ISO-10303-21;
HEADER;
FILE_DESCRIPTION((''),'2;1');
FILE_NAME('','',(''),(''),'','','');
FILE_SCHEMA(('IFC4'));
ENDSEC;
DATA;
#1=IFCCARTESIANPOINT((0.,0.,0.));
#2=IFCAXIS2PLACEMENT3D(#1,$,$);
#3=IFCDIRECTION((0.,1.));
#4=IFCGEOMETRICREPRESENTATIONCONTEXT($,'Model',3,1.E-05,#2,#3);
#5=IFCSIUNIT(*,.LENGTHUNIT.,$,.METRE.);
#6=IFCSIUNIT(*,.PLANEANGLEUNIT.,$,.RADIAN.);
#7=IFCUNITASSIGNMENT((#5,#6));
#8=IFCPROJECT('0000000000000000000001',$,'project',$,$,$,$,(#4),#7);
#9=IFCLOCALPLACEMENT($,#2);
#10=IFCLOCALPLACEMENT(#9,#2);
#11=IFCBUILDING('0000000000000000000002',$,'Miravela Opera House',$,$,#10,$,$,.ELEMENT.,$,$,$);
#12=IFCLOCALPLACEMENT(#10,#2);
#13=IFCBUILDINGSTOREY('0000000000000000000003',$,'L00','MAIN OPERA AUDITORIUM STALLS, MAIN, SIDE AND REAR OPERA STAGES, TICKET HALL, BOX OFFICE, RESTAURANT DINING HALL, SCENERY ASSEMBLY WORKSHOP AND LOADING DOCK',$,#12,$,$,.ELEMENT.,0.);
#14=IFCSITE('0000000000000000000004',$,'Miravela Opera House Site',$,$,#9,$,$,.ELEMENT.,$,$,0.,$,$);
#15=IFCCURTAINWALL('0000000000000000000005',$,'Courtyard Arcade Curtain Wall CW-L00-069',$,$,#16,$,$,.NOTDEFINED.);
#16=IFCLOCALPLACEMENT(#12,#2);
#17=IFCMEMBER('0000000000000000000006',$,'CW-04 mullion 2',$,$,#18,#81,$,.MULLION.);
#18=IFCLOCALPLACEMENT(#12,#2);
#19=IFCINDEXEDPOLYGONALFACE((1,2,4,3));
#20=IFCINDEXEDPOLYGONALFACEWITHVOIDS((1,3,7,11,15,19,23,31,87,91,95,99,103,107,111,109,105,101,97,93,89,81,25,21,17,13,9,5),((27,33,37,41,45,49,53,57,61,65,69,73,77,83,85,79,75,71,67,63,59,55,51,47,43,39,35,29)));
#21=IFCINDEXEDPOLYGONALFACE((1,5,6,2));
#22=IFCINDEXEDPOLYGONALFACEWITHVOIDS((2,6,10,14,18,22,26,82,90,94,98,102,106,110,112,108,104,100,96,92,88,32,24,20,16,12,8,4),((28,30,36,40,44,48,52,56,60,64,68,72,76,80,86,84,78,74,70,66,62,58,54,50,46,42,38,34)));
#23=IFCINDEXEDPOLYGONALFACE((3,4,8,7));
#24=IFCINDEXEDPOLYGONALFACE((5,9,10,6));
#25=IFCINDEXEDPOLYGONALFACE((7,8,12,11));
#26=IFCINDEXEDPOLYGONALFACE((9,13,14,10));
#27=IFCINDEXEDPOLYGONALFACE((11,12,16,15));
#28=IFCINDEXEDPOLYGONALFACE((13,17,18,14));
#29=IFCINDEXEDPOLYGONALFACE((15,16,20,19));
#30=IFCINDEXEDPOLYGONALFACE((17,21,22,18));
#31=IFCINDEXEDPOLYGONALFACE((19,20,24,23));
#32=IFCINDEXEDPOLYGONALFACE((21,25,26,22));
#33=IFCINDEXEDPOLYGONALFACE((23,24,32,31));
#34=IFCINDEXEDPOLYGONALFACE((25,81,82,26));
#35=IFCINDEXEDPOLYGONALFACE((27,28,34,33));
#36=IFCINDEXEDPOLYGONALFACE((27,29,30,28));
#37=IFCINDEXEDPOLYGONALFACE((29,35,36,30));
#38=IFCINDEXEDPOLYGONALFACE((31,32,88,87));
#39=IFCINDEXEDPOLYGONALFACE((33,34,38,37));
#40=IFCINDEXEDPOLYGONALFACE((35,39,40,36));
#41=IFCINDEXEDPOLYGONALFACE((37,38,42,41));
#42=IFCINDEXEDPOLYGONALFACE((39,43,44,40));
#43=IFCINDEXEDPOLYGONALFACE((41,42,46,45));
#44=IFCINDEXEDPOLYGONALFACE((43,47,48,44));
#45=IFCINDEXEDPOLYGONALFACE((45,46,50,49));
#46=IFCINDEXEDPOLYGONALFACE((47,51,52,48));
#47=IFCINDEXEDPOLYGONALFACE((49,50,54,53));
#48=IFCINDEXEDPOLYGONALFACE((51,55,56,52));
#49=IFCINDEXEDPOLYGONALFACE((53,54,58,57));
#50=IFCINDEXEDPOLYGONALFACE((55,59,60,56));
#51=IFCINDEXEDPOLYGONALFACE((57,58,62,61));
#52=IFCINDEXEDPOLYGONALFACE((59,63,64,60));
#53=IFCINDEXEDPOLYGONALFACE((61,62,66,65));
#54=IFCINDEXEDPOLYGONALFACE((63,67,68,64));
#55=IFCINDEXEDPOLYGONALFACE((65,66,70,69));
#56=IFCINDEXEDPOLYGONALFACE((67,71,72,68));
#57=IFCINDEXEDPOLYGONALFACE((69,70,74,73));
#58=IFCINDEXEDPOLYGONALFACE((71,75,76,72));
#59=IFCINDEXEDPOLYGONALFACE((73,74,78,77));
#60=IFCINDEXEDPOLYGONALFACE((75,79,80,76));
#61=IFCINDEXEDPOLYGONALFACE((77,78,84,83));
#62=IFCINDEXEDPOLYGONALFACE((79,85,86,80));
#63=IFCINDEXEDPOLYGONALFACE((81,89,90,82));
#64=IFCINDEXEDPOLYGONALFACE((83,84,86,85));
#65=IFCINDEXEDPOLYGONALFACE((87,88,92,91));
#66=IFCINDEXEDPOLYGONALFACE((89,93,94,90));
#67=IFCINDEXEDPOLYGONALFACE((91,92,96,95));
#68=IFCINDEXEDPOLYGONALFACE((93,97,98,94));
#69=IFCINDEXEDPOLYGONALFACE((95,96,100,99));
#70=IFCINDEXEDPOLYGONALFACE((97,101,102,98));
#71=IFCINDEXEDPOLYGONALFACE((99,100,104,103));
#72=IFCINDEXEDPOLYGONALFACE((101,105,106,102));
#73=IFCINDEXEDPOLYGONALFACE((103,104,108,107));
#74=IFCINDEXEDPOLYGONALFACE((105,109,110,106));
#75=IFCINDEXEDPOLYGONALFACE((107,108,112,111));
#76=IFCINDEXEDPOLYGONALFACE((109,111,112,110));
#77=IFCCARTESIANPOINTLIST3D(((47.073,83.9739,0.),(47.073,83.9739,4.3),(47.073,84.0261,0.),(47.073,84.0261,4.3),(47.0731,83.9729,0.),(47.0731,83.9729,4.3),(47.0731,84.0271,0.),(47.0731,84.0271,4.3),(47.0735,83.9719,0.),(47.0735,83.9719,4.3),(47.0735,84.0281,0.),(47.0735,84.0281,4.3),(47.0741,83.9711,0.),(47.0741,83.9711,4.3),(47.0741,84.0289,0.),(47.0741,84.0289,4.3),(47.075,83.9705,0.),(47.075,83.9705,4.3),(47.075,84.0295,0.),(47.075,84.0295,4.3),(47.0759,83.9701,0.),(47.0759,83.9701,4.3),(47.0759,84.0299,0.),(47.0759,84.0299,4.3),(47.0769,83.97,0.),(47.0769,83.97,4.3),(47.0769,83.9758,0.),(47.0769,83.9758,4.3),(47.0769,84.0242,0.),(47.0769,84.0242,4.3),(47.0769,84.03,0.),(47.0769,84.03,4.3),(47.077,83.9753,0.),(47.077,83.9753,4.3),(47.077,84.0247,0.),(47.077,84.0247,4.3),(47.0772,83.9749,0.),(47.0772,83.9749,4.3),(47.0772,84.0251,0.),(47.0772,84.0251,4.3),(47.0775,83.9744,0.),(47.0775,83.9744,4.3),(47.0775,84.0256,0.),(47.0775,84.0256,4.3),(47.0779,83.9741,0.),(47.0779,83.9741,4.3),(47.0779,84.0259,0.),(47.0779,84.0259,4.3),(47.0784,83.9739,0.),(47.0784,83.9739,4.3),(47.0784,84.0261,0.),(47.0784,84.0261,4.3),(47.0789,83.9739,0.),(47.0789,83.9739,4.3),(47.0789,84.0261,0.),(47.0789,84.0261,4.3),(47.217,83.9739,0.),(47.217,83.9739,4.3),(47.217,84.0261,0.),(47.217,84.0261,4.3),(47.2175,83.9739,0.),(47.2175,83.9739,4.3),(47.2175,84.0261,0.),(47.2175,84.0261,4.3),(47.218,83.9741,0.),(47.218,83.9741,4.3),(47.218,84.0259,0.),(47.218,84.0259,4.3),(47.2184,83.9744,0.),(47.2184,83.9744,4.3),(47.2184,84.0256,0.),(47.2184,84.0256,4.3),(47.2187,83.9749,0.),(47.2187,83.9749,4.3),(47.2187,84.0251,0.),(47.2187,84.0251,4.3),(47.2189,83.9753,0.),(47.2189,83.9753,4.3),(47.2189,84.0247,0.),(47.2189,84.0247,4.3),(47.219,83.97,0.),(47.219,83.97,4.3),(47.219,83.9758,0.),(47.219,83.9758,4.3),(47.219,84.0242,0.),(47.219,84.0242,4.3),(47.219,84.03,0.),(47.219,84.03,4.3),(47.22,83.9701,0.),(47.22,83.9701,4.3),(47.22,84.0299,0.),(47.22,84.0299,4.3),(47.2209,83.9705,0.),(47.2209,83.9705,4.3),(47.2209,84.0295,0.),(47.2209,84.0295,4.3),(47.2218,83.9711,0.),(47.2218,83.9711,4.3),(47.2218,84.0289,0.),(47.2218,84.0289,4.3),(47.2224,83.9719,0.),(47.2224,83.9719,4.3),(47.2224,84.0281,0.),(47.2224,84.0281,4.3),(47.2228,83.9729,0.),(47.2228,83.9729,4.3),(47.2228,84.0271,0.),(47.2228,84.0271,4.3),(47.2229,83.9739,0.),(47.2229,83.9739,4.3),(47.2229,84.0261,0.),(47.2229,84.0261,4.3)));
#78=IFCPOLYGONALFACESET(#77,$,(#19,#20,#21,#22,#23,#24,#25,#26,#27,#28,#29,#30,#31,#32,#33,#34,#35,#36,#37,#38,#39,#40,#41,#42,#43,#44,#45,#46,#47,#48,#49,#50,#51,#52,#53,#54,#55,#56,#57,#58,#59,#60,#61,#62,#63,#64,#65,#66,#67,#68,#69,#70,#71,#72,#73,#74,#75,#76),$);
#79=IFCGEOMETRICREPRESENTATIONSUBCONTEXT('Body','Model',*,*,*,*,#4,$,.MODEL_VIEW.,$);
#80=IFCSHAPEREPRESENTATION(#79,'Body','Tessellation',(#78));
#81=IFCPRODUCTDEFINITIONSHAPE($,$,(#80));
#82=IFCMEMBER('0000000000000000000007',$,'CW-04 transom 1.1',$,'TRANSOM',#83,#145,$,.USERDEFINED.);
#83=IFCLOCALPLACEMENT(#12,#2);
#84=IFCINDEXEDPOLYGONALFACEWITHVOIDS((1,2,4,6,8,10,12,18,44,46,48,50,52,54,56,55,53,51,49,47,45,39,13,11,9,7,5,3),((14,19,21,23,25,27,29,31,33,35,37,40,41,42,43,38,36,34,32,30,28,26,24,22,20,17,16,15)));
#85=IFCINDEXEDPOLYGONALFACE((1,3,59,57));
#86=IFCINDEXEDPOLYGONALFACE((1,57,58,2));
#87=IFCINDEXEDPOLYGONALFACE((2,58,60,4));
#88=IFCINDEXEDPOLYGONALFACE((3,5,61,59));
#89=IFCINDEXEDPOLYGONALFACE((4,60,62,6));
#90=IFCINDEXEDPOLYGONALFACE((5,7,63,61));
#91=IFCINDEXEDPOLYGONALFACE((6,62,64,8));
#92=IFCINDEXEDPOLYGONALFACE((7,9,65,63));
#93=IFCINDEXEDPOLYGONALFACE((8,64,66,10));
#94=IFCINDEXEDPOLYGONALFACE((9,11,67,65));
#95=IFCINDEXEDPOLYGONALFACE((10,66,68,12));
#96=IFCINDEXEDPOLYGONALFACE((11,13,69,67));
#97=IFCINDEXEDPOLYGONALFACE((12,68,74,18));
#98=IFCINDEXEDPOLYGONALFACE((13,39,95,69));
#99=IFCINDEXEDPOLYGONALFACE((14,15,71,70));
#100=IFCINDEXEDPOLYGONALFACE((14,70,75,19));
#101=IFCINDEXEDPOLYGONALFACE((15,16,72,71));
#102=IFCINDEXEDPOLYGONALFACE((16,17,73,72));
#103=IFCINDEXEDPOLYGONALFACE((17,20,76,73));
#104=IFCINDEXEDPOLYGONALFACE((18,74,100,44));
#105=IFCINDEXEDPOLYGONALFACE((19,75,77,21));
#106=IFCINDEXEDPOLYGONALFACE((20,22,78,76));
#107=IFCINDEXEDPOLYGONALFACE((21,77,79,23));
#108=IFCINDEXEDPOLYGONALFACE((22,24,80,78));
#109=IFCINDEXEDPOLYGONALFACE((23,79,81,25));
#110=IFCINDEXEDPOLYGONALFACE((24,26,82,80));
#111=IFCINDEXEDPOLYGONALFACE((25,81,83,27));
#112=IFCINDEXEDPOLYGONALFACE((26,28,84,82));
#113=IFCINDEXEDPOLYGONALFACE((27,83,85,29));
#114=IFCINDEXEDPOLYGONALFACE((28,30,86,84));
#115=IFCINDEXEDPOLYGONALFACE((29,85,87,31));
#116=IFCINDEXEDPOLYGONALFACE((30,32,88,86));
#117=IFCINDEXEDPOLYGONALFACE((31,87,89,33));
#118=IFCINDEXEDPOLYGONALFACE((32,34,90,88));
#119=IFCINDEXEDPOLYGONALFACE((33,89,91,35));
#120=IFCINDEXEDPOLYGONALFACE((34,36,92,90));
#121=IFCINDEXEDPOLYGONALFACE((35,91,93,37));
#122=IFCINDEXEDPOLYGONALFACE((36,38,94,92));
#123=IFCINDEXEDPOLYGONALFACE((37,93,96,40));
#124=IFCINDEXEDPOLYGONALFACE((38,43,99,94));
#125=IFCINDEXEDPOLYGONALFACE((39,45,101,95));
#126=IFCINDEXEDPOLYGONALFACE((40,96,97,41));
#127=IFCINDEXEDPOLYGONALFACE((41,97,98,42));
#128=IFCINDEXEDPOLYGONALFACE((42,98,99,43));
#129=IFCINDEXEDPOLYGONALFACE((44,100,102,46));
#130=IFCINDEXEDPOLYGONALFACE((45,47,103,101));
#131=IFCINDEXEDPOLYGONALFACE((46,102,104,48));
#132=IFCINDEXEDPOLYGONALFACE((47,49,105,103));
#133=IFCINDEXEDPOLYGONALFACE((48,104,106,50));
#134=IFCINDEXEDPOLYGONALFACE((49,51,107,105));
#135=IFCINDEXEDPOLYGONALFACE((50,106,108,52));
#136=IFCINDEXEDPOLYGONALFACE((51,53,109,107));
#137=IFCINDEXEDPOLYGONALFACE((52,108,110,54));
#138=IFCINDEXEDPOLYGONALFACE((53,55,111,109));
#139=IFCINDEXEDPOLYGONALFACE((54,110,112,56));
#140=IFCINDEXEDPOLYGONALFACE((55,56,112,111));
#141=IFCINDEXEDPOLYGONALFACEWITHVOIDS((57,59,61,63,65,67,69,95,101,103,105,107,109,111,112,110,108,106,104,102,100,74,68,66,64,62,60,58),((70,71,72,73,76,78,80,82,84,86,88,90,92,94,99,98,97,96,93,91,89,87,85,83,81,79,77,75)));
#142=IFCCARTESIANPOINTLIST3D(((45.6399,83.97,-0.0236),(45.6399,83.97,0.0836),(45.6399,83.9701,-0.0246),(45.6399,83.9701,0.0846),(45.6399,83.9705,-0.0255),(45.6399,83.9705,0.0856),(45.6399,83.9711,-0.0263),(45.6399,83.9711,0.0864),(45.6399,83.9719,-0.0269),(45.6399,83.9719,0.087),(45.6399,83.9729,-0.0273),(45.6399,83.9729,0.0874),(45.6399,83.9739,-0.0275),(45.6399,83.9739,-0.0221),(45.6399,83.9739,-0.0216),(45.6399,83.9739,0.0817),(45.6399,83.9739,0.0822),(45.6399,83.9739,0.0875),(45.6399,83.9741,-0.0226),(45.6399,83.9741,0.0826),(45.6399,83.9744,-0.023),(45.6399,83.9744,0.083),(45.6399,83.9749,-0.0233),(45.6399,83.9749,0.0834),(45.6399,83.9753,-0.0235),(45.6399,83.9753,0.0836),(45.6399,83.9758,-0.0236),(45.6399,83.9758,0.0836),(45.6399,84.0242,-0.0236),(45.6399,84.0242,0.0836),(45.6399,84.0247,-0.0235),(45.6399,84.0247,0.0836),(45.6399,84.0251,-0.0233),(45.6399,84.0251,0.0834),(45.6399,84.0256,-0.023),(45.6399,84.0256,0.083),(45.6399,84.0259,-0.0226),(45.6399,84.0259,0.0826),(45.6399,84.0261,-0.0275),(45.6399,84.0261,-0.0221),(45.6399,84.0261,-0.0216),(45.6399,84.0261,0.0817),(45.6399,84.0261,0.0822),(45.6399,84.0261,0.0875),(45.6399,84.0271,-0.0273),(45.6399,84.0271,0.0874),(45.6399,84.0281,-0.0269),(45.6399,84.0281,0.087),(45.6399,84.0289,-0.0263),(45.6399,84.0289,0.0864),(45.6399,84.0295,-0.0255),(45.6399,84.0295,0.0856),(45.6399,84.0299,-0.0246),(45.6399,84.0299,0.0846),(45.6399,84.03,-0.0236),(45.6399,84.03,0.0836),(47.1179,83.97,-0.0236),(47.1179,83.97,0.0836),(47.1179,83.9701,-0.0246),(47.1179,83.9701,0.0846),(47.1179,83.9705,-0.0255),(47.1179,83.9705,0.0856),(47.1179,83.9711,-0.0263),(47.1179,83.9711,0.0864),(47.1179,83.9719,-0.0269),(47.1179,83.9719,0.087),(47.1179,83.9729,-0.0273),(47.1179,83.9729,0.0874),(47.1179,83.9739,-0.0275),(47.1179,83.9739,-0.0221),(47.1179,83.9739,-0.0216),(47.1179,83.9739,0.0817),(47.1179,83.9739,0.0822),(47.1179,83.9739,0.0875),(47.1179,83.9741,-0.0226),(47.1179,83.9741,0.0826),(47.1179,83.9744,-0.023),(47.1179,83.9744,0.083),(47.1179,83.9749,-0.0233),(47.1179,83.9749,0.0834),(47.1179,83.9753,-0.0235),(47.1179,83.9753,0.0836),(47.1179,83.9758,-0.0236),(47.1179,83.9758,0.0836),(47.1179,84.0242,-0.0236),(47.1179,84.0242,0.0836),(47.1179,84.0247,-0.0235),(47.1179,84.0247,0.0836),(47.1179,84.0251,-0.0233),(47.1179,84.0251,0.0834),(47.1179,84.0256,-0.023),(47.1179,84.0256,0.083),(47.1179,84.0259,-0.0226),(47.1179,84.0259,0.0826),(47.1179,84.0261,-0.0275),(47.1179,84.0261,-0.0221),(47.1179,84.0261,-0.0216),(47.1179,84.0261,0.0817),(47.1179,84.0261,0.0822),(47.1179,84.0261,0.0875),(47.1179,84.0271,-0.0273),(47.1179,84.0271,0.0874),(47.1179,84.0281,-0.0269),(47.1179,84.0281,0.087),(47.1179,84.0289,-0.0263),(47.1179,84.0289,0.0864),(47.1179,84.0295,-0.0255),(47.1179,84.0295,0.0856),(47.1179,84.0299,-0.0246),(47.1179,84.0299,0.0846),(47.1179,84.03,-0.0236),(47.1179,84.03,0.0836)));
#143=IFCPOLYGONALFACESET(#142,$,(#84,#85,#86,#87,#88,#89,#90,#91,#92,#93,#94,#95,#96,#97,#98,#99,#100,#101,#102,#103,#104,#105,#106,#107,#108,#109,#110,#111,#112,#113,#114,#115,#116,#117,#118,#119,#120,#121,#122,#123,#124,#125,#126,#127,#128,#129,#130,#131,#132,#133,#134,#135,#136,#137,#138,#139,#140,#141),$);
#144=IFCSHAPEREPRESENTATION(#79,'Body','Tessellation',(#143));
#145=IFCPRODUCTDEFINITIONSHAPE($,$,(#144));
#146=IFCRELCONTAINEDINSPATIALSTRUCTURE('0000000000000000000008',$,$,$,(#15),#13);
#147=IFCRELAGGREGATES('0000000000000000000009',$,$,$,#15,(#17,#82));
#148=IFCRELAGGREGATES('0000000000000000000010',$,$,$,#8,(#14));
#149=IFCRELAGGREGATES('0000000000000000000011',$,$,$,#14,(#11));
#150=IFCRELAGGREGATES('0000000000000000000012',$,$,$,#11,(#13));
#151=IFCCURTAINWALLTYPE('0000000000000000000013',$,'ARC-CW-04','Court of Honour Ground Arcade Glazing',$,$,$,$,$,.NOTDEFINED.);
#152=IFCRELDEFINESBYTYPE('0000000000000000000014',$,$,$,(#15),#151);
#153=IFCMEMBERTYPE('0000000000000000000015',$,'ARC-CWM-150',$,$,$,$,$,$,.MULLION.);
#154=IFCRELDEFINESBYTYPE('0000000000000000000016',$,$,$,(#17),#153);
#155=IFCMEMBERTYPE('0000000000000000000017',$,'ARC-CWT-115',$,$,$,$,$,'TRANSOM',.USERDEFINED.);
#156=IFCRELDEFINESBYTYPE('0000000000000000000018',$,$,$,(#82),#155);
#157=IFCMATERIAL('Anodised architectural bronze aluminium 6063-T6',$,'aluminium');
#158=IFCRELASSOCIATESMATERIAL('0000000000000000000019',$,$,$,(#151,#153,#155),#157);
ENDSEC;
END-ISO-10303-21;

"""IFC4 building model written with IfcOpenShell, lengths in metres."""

from ifc_helpers import new_model, si_unit, direction, frame, origin, origin_2d, place, context, subcontext, project, spatial, hollow_rectangle, extrude, material, material_profile, profile_set, type_object, element, aggregate, save


model = new_model("IFC4")

# Units and contexts
model_context = context("Model", 3, precision=1e-05, world=origin(), true_north=direction((0.0, 1.0)))
body_context = subcontext(model_context, "Body", "Model", "MODEL_VIEW")
ifc_project = project(units=[si_unit("LENGTHUNIT", "METRE"), si_unit("PLANEANGLEUNIT", "RADIAN")], contexts=[model_context])

# Site, building, storey
site_placement = place(None, origin())
site = spatial("IfcSite", under=ifc_project, at=site_placement, Name="Miravela Opera House Site", CompositionType="ELEMENT", RefElevation=0.0)
building_placement = place(site_placement, origin())
building = spatial("IfcBuilding", under=site, at=building_placement, Name="Miravela Opera House", CompositionType="ELEMENT")
storey_placement = place(building_placement, origin())
storey = spatial("IfcBuildingStorey", under=building, at=storey_placement, Name="L00", Description="MAIN OPERA AUDITORIUM STALLS, MAIN, SIDE AND REAR OPERA STAGES, TICKET HALL, BOX OFFICE, RESTAURANT DINING HALL, SCENERY ASSEMBLY WORKSHOP AND LOADING DOCK", CompositionType="ELEMENT", Elevation=0.0)

# Shared definitions
ifc_material_1 = material(Name="Anodised architectural bronze aluminium 6063-T6", Category="aluminium")
curtain_wall_type = type_object("IfcCurtainWallType", Name="ARC-CW-04", Description="Court of Honour Ground Arcade Glazing", PredefinedType="NOTDEFINED", material=ifc_material_1)
ifc_material_profile_1 = material_profile(ifc_material_1, hollow_rectangle(XDim=0.0601, YDim=0.1499, WallThickness=0.0039, InnerFilletRadius=0.002, OuterFilletRadius=0.0039, at=origin_2d()), Name="CWM-60X150")
ifc_profile_set_1 = profile_set([ifc_material_profile_1])
member_type_1 = type_object("IfcMemberType", Name="ARC-CWM-150", PredefinedType="MULLION", material=ifc_profile_set_1)

# Curtain wall, members
curtain_wall_1_placement = place(storey_placement, origin())
curtain_wall_1 = element("IfcCurtainWall", 1, at=curtain_wall_1_placement, inside=storey, type_object=curtain_wall_type, Name="Courtyard Arcade Curtain Wall CW-L00-069", PredefinedType="NOTDEFINED")
member_1_placement = place(storey_placement, frame((47.1479, 84.0, 0.0), z_axis=(0.0, 0.0, 1.0), x_axis=(0.0, 1.0, 0.0)))
member_1 = element("IfcMember", 2, at=member_1_placement, type_object=member_type_1, Name="CW-04 mullion 2", PredefinedType="MULLION", context=body_context, shape_type="SweptSolid", body=[
    extrude(hollow_rectangle(XDim=0.0601, YDim=0.1499, WallThickness=0.0039, InnerFilletRadius=0.002, OuterFilletRadius=0.0039, at=origin_2d()), origin(), (0.0, 0.0, 1.0), 4.3),
])
ifc_material_profile_2 = material_profile(ifc_material_1, hollow_rectangle(XDim=0.0601, YDim=0.115, WallThickness=0.0039, InnerFilletRadius=0.002, OuterFilletRadius=0.0039, at=origin_2d()), Name="CWT-60X115")
ifc_profile_set_2 = profile_set([ifc_material_profile_2])
member_type_2 = type_object("IfcMemberType", Name="ARC-CWT-115", ElementType="TRANSOM", PredefinedType="USERDEFINED", material=ifc_profile_set_2)
member_2_placement = place(storey_placement, frame((45.6399, 84.0, 0.03), z_axis=(1.0, 0.0, 0.0), x_axis=(0.0, 1.0, 0.0)))
member_2 = element("IfcMember", 3, at=member_2_placement, type_object=member_type_2, Name="CW-04 transom 1.1", ObjectType="TRANSOM", PredefinedType="USERDEFINED", context=body_context, shape_type="SweptSolid", body=[
    extrude(hollow_rectangle(XDim=0.0601, YDim=0.115, WallThickness=0.0039, InnerFilletRadius=0.002, OuterFilletRadius=0.0039, at=origin_2d()), origin(), (0.0, 0.0, 1.0), 1.478),
])

aggregate(curtain_wall_1, [member_1, member_2])

save(model, "model.ifc")
